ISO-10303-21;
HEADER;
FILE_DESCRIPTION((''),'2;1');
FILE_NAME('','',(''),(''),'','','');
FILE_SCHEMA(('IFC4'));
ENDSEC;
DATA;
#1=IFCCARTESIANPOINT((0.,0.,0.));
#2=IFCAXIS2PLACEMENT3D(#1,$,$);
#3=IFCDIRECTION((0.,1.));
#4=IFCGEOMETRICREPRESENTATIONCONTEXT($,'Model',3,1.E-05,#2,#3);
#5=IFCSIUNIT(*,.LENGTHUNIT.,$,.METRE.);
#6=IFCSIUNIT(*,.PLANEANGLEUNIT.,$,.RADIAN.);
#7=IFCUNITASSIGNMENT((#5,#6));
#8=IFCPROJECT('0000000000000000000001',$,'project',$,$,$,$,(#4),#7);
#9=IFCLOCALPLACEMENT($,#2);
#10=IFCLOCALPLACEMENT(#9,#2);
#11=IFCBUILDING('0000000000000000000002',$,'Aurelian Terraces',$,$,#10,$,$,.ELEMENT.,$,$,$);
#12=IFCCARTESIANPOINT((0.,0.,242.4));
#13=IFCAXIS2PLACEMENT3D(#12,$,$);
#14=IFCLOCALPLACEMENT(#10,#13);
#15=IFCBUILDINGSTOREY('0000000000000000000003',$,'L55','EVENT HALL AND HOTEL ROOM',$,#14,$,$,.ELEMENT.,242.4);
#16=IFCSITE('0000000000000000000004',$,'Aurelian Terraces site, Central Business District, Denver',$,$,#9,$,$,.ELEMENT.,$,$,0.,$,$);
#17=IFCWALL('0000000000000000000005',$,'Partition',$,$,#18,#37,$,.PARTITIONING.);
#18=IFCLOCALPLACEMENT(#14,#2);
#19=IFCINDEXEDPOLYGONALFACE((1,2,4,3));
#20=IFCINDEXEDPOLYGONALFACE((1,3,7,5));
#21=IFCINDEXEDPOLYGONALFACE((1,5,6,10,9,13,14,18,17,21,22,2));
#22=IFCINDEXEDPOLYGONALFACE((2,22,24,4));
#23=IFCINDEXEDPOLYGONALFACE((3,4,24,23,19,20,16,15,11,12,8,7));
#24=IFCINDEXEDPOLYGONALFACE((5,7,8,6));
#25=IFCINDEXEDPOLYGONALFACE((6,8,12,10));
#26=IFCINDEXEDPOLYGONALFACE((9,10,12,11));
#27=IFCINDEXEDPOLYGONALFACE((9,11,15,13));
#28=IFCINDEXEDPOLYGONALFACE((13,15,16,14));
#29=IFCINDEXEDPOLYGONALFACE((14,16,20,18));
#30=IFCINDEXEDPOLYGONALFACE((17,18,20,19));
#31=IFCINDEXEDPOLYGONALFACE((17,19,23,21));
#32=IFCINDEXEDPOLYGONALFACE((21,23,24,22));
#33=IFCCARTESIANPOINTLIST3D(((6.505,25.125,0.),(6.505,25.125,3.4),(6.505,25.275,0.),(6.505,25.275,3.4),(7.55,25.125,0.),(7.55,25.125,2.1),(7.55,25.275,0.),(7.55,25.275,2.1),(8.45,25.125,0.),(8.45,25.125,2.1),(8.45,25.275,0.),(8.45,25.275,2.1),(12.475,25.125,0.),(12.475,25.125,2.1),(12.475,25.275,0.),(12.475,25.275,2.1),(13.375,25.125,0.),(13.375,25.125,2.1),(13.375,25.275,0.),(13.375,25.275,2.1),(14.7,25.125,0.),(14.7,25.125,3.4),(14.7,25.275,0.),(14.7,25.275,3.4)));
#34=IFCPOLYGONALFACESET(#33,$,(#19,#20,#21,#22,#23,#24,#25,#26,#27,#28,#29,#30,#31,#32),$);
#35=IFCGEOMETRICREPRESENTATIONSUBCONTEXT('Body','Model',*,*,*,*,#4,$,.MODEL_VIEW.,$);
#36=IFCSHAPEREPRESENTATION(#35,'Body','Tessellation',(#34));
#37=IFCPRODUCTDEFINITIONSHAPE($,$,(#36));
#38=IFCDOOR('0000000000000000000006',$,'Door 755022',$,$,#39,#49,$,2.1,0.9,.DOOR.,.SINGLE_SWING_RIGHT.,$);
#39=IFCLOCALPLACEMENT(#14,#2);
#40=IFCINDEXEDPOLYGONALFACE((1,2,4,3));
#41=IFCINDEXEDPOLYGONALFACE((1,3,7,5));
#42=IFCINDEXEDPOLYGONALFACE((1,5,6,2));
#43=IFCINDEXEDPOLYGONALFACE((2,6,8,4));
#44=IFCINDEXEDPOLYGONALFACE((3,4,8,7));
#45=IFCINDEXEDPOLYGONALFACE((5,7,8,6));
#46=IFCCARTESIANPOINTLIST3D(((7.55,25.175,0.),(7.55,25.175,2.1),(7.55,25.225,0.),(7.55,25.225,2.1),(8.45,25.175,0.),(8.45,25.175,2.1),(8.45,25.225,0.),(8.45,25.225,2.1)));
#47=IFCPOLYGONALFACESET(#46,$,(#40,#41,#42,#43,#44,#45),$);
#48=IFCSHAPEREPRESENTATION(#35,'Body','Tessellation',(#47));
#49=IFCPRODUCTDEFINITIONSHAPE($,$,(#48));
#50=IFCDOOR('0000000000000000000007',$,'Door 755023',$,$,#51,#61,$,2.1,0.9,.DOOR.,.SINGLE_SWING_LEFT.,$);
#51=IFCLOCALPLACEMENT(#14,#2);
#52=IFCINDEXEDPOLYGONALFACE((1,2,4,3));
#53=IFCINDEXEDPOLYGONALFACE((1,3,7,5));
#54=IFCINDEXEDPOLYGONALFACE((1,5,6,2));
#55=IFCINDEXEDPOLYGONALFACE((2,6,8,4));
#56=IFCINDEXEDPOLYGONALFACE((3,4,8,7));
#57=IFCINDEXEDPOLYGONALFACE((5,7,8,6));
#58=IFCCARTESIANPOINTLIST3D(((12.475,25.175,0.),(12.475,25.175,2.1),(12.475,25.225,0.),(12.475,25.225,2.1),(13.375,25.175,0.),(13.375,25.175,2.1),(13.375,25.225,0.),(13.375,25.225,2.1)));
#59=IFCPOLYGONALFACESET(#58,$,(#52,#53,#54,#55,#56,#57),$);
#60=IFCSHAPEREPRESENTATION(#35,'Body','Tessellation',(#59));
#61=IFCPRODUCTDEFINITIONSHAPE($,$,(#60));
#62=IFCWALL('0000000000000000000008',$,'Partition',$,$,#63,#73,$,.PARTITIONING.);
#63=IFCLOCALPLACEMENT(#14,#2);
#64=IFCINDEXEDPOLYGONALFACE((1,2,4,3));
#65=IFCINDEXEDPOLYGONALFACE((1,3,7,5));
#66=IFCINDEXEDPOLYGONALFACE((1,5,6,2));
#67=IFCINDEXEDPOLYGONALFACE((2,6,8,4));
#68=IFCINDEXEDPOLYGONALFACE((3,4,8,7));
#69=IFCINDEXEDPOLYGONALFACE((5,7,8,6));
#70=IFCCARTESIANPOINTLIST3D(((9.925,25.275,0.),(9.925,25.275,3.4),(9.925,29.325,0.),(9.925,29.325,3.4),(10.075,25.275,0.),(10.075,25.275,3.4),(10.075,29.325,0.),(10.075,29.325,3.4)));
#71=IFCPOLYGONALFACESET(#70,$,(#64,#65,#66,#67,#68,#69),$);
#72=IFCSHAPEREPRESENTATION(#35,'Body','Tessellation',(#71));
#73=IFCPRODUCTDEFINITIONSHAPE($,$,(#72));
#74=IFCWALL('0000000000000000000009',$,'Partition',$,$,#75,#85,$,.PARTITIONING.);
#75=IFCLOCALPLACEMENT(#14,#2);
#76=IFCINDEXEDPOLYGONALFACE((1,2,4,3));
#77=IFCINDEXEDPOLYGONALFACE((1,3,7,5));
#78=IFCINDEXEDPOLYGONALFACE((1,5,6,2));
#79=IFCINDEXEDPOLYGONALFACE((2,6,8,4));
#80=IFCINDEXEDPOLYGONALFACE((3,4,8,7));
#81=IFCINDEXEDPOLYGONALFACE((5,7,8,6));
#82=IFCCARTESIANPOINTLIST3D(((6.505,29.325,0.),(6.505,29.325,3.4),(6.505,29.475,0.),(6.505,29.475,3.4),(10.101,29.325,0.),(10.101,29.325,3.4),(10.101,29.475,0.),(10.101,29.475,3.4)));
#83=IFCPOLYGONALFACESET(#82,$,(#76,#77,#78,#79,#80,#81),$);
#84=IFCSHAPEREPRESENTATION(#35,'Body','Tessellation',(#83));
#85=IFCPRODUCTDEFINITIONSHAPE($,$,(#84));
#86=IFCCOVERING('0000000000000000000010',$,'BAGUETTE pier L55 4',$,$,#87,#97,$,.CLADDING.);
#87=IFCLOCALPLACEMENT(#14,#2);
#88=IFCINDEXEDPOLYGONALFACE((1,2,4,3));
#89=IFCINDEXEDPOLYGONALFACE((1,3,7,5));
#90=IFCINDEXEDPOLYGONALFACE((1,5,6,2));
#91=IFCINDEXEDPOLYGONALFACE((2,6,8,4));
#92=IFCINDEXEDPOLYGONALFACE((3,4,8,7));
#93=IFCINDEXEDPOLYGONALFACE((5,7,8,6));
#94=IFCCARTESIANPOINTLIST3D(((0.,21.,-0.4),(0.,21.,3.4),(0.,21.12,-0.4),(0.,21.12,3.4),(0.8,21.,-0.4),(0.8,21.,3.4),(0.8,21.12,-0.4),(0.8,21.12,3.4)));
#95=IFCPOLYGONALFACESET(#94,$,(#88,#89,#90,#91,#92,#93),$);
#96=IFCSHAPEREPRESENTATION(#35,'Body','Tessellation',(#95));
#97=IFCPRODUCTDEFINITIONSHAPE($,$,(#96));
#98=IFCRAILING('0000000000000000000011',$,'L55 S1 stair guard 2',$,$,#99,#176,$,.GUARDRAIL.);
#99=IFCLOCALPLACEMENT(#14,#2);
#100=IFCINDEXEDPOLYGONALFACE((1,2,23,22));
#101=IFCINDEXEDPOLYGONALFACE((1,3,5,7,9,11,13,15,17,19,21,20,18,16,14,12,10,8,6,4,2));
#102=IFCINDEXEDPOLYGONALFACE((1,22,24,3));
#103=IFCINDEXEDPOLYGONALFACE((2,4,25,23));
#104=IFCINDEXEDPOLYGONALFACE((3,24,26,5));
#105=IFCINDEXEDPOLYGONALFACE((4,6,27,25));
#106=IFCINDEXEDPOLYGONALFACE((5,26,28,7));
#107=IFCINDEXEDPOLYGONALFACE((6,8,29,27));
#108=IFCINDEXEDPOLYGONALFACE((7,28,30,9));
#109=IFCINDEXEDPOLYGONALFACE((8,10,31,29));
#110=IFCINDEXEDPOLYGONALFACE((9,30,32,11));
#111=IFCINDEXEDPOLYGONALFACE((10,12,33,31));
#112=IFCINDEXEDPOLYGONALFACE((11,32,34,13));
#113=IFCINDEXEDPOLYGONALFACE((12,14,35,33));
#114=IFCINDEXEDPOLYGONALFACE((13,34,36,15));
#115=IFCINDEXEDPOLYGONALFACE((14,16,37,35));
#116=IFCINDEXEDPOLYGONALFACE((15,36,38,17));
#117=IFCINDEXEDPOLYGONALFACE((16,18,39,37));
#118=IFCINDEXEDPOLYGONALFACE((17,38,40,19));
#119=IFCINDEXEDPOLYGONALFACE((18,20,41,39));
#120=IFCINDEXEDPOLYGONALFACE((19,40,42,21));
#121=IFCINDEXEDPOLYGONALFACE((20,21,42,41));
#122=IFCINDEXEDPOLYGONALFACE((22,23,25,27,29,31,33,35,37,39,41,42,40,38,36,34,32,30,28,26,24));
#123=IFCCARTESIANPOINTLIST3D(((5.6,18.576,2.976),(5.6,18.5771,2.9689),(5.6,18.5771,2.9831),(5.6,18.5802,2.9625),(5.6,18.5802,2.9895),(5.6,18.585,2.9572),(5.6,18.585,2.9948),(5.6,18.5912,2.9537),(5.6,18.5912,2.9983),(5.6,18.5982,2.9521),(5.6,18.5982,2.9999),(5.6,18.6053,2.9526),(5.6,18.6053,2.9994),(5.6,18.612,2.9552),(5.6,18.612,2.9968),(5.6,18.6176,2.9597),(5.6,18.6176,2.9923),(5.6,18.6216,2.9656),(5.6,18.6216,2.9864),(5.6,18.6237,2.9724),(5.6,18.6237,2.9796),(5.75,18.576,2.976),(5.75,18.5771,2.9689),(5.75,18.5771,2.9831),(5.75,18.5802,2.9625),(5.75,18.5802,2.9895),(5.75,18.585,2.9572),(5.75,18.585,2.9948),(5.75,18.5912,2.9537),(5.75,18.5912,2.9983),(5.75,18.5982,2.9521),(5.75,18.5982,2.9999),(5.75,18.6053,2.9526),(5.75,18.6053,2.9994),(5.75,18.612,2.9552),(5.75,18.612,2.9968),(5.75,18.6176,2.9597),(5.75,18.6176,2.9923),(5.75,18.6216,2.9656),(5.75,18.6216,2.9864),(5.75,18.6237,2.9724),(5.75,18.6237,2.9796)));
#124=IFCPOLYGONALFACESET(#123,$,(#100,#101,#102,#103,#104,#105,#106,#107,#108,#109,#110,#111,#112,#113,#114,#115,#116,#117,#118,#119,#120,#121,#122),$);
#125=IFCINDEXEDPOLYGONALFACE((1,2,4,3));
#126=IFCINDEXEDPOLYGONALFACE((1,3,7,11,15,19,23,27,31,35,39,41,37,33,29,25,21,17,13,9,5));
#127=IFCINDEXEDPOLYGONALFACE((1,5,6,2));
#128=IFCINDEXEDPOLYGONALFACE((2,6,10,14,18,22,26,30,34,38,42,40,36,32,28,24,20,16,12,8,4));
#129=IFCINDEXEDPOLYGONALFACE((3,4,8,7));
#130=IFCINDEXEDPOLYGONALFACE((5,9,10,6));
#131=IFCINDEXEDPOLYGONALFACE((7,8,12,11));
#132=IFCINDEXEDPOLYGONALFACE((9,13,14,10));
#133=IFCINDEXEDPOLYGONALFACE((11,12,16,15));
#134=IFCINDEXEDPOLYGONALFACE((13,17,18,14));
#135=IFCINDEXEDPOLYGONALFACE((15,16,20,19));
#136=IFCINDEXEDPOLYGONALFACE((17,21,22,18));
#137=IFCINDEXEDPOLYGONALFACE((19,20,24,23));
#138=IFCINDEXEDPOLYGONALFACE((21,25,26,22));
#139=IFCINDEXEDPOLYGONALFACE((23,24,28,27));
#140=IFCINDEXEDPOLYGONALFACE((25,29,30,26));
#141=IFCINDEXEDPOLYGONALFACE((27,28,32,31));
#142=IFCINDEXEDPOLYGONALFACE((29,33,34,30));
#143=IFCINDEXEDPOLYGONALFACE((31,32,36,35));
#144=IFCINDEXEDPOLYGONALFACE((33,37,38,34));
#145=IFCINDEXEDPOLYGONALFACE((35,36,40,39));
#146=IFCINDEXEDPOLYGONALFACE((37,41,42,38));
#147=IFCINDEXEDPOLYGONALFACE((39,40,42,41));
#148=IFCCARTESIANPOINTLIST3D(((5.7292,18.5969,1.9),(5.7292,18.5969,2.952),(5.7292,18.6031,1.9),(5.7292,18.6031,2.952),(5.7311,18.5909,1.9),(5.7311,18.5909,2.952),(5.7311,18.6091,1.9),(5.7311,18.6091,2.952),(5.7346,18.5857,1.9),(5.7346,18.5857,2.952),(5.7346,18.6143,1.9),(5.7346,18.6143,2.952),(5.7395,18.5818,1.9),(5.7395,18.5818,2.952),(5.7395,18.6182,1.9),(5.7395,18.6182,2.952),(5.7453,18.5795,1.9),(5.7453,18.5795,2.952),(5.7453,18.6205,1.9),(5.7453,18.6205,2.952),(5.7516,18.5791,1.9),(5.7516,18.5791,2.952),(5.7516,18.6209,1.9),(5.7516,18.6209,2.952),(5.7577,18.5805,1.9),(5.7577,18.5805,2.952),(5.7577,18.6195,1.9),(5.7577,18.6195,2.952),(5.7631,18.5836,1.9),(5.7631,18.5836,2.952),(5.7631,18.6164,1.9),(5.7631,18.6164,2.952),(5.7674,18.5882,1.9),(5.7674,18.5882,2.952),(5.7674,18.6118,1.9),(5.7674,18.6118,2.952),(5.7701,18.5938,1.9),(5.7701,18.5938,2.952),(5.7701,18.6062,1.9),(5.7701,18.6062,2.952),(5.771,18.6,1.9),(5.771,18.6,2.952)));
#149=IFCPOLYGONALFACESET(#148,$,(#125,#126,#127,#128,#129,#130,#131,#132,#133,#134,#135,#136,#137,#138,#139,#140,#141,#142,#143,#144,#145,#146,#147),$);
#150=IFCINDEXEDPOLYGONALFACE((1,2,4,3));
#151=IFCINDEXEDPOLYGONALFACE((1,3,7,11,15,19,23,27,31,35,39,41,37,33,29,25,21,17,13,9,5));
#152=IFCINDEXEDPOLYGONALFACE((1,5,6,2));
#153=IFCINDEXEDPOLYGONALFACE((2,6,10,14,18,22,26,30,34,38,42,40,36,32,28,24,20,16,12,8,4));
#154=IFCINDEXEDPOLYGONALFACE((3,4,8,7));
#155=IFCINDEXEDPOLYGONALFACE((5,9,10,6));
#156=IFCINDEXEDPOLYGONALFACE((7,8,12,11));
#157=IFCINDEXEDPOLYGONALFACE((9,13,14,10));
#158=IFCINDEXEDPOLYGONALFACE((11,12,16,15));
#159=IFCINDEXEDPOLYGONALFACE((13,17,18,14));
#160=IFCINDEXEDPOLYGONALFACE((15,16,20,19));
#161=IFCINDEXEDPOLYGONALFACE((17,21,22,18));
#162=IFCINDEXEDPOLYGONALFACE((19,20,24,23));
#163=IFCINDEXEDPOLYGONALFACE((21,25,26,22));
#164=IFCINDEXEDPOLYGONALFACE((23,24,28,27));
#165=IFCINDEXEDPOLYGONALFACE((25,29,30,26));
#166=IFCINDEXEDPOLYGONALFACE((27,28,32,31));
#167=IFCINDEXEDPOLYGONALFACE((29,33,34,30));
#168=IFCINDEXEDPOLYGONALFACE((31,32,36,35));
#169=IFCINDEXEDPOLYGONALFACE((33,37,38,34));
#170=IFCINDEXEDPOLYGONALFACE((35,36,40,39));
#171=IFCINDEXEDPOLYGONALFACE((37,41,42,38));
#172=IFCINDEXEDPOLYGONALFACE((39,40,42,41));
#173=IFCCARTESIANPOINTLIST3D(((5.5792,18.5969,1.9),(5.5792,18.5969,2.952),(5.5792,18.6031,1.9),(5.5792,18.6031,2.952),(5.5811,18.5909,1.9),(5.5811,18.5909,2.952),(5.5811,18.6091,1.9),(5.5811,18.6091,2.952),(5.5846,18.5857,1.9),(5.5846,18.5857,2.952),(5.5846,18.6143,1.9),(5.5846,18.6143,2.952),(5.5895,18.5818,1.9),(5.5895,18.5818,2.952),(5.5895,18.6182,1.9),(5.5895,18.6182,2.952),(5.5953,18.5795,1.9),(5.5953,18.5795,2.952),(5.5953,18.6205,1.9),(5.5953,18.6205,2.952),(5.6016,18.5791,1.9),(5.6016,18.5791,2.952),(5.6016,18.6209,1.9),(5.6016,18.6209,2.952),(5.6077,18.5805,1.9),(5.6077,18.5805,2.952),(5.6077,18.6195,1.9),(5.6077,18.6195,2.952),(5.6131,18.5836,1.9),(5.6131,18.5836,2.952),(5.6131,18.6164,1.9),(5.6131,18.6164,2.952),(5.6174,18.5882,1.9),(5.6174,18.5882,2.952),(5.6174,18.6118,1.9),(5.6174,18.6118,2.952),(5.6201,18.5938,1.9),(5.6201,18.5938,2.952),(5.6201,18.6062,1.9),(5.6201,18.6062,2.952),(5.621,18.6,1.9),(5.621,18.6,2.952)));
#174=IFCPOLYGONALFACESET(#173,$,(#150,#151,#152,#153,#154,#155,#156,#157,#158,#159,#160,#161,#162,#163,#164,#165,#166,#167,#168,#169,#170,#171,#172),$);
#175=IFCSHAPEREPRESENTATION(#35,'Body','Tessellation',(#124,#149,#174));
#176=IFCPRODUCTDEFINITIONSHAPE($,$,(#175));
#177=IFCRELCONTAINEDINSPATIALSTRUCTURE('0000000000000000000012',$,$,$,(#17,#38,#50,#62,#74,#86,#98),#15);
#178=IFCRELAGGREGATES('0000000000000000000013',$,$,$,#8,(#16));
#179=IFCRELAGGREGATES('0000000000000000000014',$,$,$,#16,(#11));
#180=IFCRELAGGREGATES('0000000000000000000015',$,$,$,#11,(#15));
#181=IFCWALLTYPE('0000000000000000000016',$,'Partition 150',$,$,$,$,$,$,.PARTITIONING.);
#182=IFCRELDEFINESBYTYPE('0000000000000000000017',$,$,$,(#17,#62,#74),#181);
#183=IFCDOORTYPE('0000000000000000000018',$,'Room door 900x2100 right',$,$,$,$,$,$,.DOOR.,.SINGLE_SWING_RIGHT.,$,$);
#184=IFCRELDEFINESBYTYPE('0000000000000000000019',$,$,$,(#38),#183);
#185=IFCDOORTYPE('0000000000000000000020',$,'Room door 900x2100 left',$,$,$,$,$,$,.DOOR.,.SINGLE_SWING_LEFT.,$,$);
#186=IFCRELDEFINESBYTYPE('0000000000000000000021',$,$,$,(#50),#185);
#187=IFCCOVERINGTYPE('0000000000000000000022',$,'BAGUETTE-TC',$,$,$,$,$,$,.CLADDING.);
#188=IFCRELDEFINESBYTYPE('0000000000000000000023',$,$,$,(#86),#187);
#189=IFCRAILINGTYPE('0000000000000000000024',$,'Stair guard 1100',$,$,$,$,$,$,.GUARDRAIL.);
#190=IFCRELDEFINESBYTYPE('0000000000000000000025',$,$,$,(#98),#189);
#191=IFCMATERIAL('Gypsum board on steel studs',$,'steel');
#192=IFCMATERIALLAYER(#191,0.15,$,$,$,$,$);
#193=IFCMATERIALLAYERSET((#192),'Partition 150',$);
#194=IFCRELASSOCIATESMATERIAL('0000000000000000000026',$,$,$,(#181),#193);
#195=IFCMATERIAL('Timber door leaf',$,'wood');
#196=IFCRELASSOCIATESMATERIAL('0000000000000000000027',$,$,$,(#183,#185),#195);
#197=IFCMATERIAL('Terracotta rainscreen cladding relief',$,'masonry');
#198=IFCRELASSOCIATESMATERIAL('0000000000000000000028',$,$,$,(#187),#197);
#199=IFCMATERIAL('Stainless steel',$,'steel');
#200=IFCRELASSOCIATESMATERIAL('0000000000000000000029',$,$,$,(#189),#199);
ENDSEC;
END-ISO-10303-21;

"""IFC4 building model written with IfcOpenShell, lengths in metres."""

from ifc_helpers import new_model, si_unit, direction, frame, frame_2d, origin, origin_2d, place, context, subcontext, project, spatial, rectangle, circle, extrude, source, transform, mapped, material, layer, layer_set, type_object, element, fill, save


model = new_model("IFC4")

# Units and contexts
model_context = context("Model", 3, precision=1e-05, world=origin(), true_north=direction((0.0, 1.0)))
body_context = subcontext(model_context, "Body", "Model", "MODEL_VIEW")
ifc_project = project(units=[si_unit("LENGTHUNIT", "METRE"), si_unit("PLANEANGLEUNIT", "RADIAN")], contexts=[model_context])

# Site, building, storey
site_placement = place(None, origin())
site = spatial("IfcSite", under=ifc_project, at=site_placement, Name="Aurelian Terraces site, Central Business District, Denver", CompositionType="ELEMENT", RefElevation=0.0)
building_placement = place(site_placement, origin())
building = spatial("IfcBuilding", under=site, at=building_placement, Name="Aurelian Terraces", CompositionType="ELEMENT")
storey_placement = place(building_placement, frame((0.0, 0.0, 242.4)))
storey = spatial("IfcBuildingStorey", under=building, at=storey_placement, Name="L55", Description="EVENT HALL AND HOTEL ROOM", CompositionType="ELEMENT", Elevation=242.4)

# Wall, openings, doors
ifc_material_1 = material(Name="Gypsum board on steel studs", Category="steel")
ifc_layer_1 = layer(ifc_material_1, 0.15)
ifc_layer_set_1 = layer_set([ifc_layer_1], Name="Partition 150")
wall_type_1 = type_object("IfcWallType", Name="Partition 150", PredefinedType="PARTITIONING", material=ifc_layer_set_1)
ifc_material_2 = material(Name="Timber door leaf", Category="wood")
shared_shape_1 = source(origin(), body_context, "Body", "SweptSolid", [
    extrude(rectangle(XDim=8.195, YDim=0.15, at=frame_2d((4.0975, 0.0))), origin(), (0.0, 0.0, 1.0), 3.4),
])
wall_1_placement = place(storey_placement, frame((6.505, 25.2, 0.0), z_axis=(0.0, 0.0, 1.0), x_axis=(1.0, 0.0, 0.0)))
wall_1 = element("IfcWall", 1, at=wall_1_placement, inside=storey, type_object=wall_type_1, Name="Partition", PredefinedType="PARTITIONING", context=body_context, shape_type="MappedRepresentation", body=[
    mapped(shared_shape_1, transform((0.0, 0.0, 0.0), scale=1.0)),
])
shared_shape_2 = source(origin(), body_context, "Body", "SweptSolid", [
    extrude(rectangle(XDim=0.9, YDim=2.1, at=frame_2d((0.45, 1.05))), frame((0.0, 0.085, 0.0), z_axis=(0.0, -1.0, 0.0), x_axis=(1.0, 0.0, 0.0)), (0.0, 0.0, 1.0), 0.17),
])
opening_1_placement = place(wall_1_placement, frame((1.045, 0.0, 0.0)))
opening_1 = element("IfcOpeningElement", 2, at=opening_1_placement, cuts=wall_1, PredefinedType="OPENING", context=body_context, shape_type="MappedRepresentation", body=[
    mapped(shared_shape_2, transform((0.0, 0.0, 0.0), scale=1.0)),
])
opening_2_placement = place(wall_1_placement, frame((5.97, 0.0, 0.0)))
opening_2 = element("IfcOpeningElement", 3, at=opening_2_placement, cuts=wall_1, PredefinedType="OPENING", context=body_context, shape_type="MappedRepresentation", body=[
    mapped(shared_shape_2, transform((0.0, 0.0, 0.0), scale=1.0)),
])
door_type_1 = type_object("IfcDoorType", Name="Room door 900x2100 right", OperationType="SINGLE_SWING_RIGHT", PredefinedType="DOOR", material=ifc_material_2)
shared_shape_3 = source(origin(), body_context, "Body", "SweptSolid", [
    extrude(rectangle(XDim=0.9, YDim=2.1, at=frame_2d((0.45, 1.05))), frame((0.0, 0.025, 0.0), z_axis=(0.0, -1.0, 0.0), x_axis=(1.0, 0.0, 0.0)), (0.0, 0.0, 1.0), 0.05),
])
door_1_placement = place(opening_1_placement, origin())
door_1 = element("IfcDoor", 4, at=door_1_placement, inside=storey, type_object=door_type_1, Name="Door 755022", OperationType="SINGLE_SWING_RIGHT", OverallHeight=2.1, OverallWidth=0.9, PredefinedType="DOOR", context=body_context, shape_type="MappedRepresentation", body=[
    mapped(shared_shape_3, transform((0.0, 0.0, 0.0), scale=1.0)),
])
fill(opening_1, door_1)
door_type_2 = type_object("IfcDoorType", Name="Room door 900x2100 left", OperationType="SINGLE_SWING_LEFT", PredefinedType="DOOR", material=ifc_material_2)
door_2_placement = place(opening_2_placement, origin())
door_2 = element("IfcDoor", 5, at=door_2_placement, inside=storey, type_object=door_type_2, Name="Door 755023", OperationType="SINGLE_SWING_LEFT", OverallHeight=2.1, OverallWidth=0.9, PredefinedType="DOOR", context=body_context, shape_type="MappedRepresentation", body=[
    mapped(shared_shape_3, transform((0.0, 0.0, 0.0), scale=1.0)),
])
fill(opening_2, door_2)

# Walls
shared_shape_4 = source(origin(), body_context, "Body", "SweptSolid", [
    extrude(rectangle(XDim=4.05, YDim=0.15, at=frame_2d((2.025, 0.0))), origin(), (0.0, 0.0, 1.0), 3.4),
])
wall_2_placement = place(storey_placement, frame((10.0, 25.275, 0.0), z_axis=(0.0, 0.0, 1.0), x_axis=(0.0, 1.0, 0.0)))
element("IfcWall", 6, at=wall_2_placement, inside=storey, type_object=wall_type_1, Name="Partition", PredefinedType="PARTITIONING", context=body_context, shape_type="MappedRepresentation", body=[
    mapped(shared_shape_4, transform((0.0, 0.0, 0.0), scale=1.0)),
])
shared_shape_5 = source(origin(), body_context, "Body", "SweptSolid", [
    extrude(rectangle(XDim=3.596, YDim=0.15, at=frame_2d((1.798, 0.0))), origin(), (0.0, 0.0, 1.0), 3.4),
])
wall_3_placement = place(storey_placement, frame((10.101, 29.4, 0.0), z_axis=(0.0, 0.0, 1.0), x_axis=(-1.0, 0.0, 0.0)))
element("IfcWall", 7, at=wall_3_placement, inside=storey, type_object=wall_type_1, Name="Partition", PredefinedType="PARTITIONING", context=body_context, shape_type="MappedRepresentation", body=[
    mapped(shared_shape_5, transform((0.0, 0.0, 0.0), scale=1.0)),
])

# Covering
ifc_material_3 = material(Name="Terracotta rainscreen cladding relief", Category="masonry")
covering_type = type_object("IfcCoveringType", Name="BAGUETTE-TC", PredefinedType="CLADDING", material=ifc_material_3)
shared_shape_6 = source(origin(), body_context, "Body", "SweptSolid", [
    extrude(rectangle(XDim=0.8, YDim=0.12, at=origin_2d()), origin(), (0.0, 0.0, 1.0), 3.8),
])
covering_placement = place(storey_placement, frame((0.4, 21.06, -0.4), z_axis=(0.0, 0.0, 1.0), x_axis=(1.0, 0.0, 0.0)))
element("IfcCovering", 8, at=covering_placement, inside=storey, type_object=covering_type, Name="BAGUETTE pier L55 4", PredefinedType="CLADDING", context=body_context, shape_type="MappedRepresentation", body=[
    mapped(shared_shape_6, transform((0.0, 0.0, 0.0), scale=1.0)),
])

# Railing
ifc_material_4 = material(Name="Stainless steel", Category="steel")
railing_type = type_object("IfcRailingType", Name="Stair guard 1100", PredefinedType="GUARDRAIL", material=ifc_material_4)
shared_shape_7 = source(origin(), body_context, "Body", "SweptSolid", [
    extrude(circle(Radius=0.024, at=origin_2d()), frame((0.0, 0.0, 1.076), z_axis=(-1.0, 0.0, 0.0), x_axis=(0.0, -1.0, 0.0)), (0.0, 0.0, 1.0), 0.15),
    extrude(circle(Radius=0.021, at=origin_2d()), origin(), (0.0, 0.0, 1.0), 1.052),
    extrude(circle(Radius=0.021, at=origin_2d()), frame((-0.15, 0.0, 0.0)), (0.0, 0.0, 1.0), 1.052),
])
railing_placement = place(storey_placement, frame((5.75, 18.6, 1.9)))
element("IfcRailing", 9, at=railing_placement, inside=storey, type_object=railing_type, Name="L55 S1 stair guard 2", PredefinedType="GUARDRAIL", context=body_context, shape_type="MappedRepresentation", body=[
    mapped(shared_shape_7, transform((0.0, 0.0, 0.0), scale=1.0)),
])

save(model, "model.ifc")
